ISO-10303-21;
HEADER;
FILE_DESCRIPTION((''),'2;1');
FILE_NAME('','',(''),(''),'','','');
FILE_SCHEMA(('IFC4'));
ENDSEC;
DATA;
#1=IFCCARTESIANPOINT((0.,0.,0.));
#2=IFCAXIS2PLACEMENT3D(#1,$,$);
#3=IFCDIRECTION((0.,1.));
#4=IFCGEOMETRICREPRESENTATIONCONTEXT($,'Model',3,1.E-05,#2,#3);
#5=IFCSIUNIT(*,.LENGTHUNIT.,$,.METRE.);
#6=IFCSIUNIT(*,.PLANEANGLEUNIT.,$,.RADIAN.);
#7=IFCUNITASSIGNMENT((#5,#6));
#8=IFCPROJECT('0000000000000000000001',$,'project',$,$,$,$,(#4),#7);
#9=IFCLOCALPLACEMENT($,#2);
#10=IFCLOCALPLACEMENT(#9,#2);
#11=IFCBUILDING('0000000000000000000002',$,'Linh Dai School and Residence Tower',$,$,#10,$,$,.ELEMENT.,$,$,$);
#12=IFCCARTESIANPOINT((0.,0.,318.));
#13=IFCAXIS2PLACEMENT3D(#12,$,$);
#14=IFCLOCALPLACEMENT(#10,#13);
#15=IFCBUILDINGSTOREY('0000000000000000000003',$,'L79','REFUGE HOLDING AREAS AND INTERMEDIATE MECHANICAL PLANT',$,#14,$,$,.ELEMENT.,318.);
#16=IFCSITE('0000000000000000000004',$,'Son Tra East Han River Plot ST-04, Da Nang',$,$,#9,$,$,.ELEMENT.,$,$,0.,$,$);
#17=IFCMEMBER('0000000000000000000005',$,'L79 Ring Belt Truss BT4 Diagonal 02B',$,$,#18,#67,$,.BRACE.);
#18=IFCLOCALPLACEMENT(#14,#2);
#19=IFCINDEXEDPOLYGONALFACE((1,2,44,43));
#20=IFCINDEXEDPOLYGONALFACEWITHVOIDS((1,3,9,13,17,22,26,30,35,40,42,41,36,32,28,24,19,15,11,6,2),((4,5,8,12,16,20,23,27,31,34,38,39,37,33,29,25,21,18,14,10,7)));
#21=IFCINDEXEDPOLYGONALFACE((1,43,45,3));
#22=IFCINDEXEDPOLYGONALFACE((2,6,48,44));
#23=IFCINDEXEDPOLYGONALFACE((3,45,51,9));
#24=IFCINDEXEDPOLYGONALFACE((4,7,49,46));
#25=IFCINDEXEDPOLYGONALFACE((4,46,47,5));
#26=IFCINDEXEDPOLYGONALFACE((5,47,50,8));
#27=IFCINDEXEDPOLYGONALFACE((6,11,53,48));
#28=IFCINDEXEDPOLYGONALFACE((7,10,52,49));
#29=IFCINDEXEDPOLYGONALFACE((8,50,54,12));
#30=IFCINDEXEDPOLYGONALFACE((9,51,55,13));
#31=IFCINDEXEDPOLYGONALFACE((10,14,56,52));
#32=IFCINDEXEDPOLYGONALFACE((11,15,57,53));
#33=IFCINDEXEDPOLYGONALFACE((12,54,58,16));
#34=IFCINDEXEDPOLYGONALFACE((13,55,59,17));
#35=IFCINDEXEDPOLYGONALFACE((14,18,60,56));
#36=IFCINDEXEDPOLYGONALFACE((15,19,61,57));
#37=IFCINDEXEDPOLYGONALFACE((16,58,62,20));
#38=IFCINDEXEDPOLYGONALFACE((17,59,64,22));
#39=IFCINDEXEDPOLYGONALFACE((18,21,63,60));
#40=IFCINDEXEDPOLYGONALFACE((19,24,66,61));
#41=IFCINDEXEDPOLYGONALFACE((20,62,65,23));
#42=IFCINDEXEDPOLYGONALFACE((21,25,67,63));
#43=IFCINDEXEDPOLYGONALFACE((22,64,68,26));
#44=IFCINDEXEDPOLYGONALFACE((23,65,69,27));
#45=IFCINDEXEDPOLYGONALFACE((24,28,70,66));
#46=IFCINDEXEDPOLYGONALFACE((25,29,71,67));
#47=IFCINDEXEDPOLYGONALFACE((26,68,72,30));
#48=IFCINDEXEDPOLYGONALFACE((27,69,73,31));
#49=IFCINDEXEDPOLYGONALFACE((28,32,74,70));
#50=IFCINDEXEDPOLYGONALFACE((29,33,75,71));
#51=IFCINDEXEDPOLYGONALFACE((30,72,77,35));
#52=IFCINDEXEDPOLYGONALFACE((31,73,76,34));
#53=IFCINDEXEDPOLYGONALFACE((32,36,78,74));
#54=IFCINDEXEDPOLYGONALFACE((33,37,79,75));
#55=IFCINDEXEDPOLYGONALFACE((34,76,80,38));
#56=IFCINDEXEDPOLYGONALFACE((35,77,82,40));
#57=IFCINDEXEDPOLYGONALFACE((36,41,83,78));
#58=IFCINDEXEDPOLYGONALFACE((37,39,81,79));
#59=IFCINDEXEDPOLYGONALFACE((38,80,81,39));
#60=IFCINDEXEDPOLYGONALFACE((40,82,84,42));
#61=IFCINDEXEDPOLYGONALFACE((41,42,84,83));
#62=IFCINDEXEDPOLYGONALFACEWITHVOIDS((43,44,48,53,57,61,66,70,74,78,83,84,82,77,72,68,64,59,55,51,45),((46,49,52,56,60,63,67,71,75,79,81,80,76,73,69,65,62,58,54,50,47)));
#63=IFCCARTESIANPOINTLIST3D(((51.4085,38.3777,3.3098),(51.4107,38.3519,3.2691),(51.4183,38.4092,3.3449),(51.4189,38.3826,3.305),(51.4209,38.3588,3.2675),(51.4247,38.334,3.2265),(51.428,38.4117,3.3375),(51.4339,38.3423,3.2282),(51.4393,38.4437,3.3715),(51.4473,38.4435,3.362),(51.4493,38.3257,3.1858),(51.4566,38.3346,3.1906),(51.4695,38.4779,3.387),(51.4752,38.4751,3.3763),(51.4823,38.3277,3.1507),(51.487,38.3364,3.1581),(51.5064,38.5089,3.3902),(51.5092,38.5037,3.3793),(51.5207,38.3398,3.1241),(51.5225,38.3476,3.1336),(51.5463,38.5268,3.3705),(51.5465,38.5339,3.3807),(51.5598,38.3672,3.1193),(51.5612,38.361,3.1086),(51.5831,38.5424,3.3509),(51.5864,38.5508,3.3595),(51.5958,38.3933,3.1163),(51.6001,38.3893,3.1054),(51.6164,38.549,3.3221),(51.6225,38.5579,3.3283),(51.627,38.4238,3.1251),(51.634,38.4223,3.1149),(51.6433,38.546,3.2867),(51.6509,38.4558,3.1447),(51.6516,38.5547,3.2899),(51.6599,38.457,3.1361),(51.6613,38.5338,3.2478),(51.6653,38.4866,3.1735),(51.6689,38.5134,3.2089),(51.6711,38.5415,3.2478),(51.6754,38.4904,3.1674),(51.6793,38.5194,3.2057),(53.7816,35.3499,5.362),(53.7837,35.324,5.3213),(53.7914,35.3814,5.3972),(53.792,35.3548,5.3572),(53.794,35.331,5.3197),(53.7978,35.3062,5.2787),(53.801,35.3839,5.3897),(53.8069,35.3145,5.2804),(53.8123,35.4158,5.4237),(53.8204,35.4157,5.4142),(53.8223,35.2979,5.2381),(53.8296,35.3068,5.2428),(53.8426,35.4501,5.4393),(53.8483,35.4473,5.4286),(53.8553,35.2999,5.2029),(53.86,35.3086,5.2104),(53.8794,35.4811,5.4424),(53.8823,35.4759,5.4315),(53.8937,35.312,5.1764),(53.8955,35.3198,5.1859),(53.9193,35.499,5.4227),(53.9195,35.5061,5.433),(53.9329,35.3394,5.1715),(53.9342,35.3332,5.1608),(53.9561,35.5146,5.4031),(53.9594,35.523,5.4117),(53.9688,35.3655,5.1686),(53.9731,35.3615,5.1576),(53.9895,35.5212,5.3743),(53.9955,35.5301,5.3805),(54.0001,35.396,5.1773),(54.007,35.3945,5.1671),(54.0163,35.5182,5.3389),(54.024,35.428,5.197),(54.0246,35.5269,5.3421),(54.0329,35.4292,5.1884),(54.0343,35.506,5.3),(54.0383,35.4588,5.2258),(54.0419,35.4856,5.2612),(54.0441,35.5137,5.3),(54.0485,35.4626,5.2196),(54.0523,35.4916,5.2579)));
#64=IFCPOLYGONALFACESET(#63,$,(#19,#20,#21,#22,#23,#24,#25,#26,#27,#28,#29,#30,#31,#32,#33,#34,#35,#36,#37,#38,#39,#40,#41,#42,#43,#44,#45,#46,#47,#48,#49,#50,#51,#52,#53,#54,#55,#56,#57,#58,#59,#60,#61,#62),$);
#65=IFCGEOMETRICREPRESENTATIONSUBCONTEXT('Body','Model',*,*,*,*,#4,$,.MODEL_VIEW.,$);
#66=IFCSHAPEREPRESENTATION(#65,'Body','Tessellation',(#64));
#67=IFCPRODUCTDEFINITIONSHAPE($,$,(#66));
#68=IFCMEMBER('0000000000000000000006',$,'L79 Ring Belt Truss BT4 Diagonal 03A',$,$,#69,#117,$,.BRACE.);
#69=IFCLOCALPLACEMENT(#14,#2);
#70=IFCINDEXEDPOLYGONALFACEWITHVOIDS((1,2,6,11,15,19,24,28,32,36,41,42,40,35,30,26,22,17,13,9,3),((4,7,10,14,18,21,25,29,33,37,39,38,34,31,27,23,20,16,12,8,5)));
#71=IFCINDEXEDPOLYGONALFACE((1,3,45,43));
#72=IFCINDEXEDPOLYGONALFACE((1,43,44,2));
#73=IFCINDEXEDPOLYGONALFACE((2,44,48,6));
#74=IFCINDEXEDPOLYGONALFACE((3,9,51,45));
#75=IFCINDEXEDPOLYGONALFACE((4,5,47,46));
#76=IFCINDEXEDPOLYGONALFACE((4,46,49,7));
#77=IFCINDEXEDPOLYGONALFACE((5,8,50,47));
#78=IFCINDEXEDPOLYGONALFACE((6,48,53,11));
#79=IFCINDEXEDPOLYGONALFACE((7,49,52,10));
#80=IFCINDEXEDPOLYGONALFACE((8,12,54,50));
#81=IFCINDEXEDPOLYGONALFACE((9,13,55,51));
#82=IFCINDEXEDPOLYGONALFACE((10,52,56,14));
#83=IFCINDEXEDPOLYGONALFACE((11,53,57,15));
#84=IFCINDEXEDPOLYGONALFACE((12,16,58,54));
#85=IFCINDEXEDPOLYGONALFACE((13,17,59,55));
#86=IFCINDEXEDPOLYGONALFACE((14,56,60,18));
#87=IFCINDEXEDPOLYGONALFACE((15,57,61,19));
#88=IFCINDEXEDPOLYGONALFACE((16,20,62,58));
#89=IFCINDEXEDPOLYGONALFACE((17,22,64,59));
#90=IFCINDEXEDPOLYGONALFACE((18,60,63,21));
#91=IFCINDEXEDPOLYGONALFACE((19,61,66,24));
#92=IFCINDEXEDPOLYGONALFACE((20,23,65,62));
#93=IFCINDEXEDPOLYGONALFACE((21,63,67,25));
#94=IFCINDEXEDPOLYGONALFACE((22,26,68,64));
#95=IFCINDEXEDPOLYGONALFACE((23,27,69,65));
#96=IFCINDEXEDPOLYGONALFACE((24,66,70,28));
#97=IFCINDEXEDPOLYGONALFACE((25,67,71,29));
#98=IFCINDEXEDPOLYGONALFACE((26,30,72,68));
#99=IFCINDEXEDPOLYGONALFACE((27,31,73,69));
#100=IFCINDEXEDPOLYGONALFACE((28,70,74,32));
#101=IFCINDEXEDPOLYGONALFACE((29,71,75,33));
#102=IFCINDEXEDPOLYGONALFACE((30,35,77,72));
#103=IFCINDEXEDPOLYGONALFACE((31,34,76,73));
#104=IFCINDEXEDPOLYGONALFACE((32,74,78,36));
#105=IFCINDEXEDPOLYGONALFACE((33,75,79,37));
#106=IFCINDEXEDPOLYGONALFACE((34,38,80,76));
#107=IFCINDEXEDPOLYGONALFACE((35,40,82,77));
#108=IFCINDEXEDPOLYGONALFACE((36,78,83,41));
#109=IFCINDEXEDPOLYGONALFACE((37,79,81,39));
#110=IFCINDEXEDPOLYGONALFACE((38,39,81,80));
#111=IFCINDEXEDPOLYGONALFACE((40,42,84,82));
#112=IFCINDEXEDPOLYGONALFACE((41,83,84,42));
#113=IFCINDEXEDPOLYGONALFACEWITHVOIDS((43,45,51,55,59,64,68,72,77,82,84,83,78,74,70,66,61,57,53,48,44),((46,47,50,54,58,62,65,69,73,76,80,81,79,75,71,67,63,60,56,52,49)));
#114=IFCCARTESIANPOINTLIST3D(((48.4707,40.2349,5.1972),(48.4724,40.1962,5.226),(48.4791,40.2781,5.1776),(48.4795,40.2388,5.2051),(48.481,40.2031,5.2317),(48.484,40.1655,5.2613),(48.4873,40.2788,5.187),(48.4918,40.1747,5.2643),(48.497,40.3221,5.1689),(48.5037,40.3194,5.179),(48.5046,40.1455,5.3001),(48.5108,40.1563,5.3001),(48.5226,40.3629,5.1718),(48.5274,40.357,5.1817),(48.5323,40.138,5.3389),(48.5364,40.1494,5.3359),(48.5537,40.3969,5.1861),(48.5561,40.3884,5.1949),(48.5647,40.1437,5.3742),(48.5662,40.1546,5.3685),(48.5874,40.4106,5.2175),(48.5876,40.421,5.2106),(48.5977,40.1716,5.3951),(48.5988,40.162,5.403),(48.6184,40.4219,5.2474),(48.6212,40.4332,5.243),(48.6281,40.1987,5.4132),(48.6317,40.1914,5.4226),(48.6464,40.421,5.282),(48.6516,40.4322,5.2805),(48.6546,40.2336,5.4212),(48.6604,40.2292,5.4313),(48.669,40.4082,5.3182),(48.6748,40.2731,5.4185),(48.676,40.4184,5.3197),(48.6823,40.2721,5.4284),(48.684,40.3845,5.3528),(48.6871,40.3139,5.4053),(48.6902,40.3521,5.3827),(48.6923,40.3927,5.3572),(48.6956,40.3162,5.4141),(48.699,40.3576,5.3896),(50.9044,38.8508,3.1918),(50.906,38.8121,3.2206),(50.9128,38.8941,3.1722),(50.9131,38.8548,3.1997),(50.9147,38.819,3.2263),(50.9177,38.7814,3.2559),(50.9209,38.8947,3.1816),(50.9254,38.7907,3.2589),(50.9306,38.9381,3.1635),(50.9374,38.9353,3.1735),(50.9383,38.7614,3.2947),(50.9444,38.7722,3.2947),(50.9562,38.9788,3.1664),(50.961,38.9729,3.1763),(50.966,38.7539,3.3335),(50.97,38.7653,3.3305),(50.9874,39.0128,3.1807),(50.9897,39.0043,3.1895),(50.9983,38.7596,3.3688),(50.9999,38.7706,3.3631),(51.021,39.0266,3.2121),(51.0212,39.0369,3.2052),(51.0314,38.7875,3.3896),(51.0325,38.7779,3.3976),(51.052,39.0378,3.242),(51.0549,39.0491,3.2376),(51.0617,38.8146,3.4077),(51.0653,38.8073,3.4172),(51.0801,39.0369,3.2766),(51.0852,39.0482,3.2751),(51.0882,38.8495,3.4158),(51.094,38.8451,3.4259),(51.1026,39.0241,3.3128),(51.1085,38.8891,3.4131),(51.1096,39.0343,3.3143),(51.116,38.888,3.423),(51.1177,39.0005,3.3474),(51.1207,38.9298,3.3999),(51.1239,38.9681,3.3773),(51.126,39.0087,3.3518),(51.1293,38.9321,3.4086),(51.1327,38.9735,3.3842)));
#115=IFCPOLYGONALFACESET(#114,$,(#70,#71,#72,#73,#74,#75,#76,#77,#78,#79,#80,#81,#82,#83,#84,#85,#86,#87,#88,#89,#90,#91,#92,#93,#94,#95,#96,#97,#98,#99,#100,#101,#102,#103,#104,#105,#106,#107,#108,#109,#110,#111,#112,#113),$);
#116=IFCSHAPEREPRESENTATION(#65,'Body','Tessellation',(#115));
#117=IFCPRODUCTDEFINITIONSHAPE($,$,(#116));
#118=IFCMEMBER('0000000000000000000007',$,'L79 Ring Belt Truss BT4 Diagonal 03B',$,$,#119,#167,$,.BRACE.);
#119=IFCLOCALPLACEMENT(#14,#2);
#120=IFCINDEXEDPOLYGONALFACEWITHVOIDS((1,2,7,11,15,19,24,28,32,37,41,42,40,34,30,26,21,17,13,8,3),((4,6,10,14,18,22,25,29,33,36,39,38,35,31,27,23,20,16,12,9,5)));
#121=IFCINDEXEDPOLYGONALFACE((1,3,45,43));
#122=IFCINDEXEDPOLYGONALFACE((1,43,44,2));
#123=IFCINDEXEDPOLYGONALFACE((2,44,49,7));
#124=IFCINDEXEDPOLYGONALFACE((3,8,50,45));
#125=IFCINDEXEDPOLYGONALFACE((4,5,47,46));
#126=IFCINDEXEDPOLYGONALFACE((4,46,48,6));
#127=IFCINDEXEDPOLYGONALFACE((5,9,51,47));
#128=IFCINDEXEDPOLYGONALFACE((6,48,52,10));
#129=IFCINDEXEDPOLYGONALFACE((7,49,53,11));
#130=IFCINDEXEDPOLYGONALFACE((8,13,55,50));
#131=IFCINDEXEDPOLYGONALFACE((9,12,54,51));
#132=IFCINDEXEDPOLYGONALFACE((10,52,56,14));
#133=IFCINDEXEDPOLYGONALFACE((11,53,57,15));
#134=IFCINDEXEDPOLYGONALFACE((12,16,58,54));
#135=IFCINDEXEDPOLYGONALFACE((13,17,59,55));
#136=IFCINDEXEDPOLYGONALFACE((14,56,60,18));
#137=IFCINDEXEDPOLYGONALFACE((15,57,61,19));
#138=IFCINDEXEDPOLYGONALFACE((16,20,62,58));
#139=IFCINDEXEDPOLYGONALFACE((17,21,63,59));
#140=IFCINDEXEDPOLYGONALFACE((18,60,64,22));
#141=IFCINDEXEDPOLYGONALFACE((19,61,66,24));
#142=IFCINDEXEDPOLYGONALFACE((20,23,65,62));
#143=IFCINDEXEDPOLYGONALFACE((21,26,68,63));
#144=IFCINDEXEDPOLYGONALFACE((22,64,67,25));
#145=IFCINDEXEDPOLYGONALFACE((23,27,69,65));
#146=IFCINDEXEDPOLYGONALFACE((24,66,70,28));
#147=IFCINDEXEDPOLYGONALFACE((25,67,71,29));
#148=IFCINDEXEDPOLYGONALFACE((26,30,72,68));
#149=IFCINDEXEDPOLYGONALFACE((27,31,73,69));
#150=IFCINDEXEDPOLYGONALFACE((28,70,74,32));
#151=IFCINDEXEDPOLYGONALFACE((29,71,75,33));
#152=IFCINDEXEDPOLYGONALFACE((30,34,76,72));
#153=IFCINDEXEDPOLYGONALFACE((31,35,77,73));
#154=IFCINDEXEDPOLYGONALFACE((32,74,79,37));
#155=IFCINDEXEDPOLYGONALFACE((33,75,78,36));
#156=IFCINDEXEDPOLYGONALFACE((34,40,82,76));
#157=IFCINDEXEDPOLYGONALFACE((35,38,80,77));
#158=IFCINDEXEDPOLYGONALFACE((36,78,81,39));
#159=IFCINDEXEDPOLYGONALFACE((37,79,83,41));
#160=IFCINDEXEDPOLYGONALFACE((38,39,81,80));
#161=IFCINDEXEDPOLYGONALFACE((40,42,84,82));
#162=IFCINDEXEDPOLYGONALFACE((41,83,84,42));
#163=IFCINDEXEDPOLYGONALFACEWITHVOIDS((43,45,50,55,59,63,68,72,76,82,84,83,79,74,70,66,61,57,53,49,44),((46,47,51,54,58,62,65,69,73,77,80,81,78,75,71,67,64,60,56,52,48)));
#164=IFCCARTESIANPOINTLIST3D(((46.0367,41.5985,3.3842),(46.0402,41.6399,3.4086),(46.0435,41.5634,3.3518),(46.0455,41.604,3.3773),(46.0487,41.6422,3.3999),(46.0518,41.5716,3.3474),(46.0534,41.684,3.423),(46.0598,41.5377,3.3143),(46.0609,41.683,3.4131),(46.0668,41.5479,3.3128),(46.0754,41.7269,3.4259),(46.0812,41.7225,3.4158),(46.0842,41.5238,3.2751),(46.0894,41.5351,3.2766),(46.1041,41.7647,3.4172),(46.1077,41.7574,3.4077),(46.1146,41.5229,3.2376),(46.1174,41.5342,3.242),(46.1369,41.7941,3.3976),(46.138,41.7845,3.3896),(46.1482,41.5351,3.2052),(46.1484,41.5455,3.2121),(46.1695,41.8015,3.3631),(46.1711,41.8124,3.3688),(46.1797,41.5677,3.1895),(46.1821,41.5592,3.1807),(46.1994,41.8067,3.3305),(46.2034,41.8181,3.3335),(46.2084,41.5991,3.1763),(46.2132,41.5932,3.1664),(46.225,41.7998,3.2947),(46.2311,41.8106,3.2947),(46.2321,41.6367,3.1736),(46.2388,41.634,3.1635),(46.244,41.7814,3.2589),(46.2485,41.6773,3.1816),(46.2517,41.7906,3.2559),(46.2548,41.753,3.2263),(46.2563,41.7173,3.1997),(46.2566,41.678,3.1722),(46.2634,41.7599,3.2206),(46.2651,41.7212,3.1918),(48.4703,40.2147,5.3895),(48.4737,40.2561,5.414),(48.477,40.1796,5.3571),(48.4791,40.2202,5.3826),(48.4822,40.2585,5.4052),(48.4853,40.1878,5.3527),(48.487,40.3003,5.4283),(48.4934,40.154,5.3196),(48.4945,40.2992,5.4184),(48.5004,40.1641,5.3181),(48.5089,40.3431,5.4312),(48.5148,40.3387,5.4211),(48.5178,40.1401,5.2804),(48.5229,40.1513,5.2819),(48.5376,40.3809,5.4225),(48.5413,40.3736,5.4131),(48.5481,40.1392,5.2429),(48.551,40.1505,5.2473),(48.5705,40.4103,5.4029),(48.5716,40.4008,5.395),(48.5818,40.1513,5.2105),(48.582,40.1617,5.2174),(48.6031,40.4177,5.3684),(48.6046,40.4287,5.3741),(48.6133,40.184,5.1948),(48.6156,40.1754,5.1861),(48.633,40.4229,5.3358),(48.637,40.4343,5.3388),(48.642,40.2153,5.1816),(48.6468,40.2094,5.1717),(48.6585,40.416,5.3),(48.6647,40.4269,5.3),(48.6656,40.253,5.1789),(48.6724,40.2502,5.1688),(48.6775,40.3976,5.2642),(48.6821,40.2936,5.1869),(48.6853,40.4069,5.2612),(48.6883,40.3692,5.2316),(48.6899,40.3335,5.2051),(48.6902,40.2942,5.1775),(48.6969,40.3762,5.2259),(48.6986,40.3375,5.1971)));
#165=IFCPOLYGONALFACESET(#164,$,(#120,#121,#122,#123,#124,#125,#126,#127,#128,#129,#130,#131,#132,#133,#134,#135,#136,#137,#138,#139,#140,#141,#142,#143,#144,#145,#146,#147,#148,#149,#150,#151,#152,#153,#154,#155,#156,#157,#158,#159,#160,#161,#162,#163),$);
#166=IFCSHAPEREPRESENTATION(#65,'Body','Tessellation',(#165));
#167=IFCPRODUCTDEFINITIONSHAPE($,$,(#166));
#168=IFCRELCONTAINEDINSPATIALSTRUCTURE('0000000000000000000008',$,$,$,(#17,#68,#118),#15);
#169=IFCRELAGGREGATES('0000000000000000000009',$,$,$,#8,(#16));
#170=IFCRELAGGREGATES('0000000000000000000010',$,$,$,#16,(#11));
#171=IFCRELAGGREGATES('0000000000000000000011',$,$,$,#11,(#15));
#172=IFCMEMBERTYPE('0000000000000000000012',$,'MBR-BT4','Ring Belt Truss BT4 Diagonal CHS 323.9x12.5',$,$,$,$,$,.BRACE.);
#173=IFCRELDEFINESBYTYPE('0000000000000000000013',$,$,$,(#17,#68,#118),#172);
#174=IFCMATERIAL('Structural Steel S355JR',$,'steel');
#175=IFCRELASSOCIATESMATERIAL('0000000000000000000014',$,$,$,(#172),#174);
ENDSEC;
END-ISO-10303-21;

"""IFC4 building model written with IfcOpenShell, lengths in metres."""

from ifc_helpers import new_model, si_unit, direction, frame, origin, origin_2d, place, context, subcontext, project, spatial, hollow_circle, extrude, material, material_profile, profile_set, type_object, element, save


model = new_model("IFC4")

# Units and contexts
model_context = context("Model", 3, precision=1e-05, world=origin(), true_north=direction((0.0, 1.0)))
body_context = subcontext(model_context, "Body", "Model", "MODEL_VIEW")
ifc_project = project(units=[si_unit("LENGTHUNIT", "METRE"), si_unit("PLANEANGLEUNIT", "RADIAN")], contexts=[model_context])

# Site, building, storey
site_placement = place(None, origin())
site = spatial("IfcSite", under=ifc_project, at=site_placement, Name="Son Tra East Han River Plot ST-04, Da Nang", CompositionType="ELEMENT", RefElevation=0.0)
building_placement = place(site_placement, origin())
building = spatial("IfcBuilding", under=site, at=building_placement, Name="Linh Dai School and Residence Tower", CompositionType="ELEMENT")
storey_placement = place(building_placement, frame((0.0, 0.0, 318.0)))
storey = spatial("IfcBuildingStorey", under=building, at=storey_placement, Name="L79", Description="REFUGE HOLDING AREAS AND INTERMEDIATE MECHANICAL PLANT", CompositionType="ELEMENT", Elevation=318.0)

# Shared definitions
ifc_material_1 = material(Name="Structural Steel S355JR", Category="steel")

# Members
ifc_material_profile_1 = material_profile(ifc_material_1, hollow_circle(Radius=0.1619, WallThickness=0.0125, at=origin_2d()), Name="CHS 323.9x12.5")
ifc_profile_set_1 = profile_set([ifc_material_profile_1], Name="Structural Steel S355JR")
member_type_1 = type_object("IfcMemberType", Name="MBR-BT4", Description="Ring Belt Truss BT4 Diagonal CHS 323.9x12.5", PredefinedType="BRACE", material=ifc_profile_set_1)
member_1_placement = place(storey_placement, frame((51.5437, 38.4417, 3.2478), z_axis=(0.544259, -0.694434, 0.470683), x_axis=(0.787071, 0.616863, 0.0)))
element("IfcMember", 1, at=member_1_placement, inside=storey, type_object=member_type_1, Name="L79 Ring Belt Truss BT4 Diagonal 02B", PredefinedType="BRACE", context=body_context, shape_type="SweptSolid", body=[
    extrude(hollow_circle(Radius=0.1619, WallThickness=0.0125, at=origin_2d()), origin(), (0.0, 0.0, 1.0), 4.3601),
])
member_2_placement = place(storey_placement, frame((51.0183, 38.9021, 3.2947), z_axis=(-0.706669, 0.401897, 0.582321), x_axis=(-0.494363, -0.869256, 0.0)))
element("IfcMember", 2, at=member_2_placement, inside=storey, type_object=member_type_1, Name="L79 Ring Belt Truss BT4 Diagonal 03A", PredefinedType="BRACE", context=body_context, shape_type="SweptSolid", body=[
    extrude(hollow_circle(Radius=0.1619, WallThickness=0.0125, at=origin_2d()), origin(), (0.0, 0.0, 1.0), 3.4438),
])
member_3_placement = place(storey_placement, frame((46.1511, 41.6699, 3.2947), z_axis=(0.706689, -0.401837, 0.582338), x_axis=(0.494297, 0.869293, 0.0)))
element("IfcMember", 3, at=member_3_placement, inside=storey, type_object=member_type_1, Name="L79 Ring Belt Truss BT4 Diagonal 03B", PredefinedType="BRACE", context=body_context, shape_type="SweptSolid", body=[
    extrude(hollow_circle(Radius=0.1619, WallThickness=0.0125, at=origin_2d()), origin(), (0.0, 0.0, 1.0), 3.4436),
])

save(model, "model.ifc")
